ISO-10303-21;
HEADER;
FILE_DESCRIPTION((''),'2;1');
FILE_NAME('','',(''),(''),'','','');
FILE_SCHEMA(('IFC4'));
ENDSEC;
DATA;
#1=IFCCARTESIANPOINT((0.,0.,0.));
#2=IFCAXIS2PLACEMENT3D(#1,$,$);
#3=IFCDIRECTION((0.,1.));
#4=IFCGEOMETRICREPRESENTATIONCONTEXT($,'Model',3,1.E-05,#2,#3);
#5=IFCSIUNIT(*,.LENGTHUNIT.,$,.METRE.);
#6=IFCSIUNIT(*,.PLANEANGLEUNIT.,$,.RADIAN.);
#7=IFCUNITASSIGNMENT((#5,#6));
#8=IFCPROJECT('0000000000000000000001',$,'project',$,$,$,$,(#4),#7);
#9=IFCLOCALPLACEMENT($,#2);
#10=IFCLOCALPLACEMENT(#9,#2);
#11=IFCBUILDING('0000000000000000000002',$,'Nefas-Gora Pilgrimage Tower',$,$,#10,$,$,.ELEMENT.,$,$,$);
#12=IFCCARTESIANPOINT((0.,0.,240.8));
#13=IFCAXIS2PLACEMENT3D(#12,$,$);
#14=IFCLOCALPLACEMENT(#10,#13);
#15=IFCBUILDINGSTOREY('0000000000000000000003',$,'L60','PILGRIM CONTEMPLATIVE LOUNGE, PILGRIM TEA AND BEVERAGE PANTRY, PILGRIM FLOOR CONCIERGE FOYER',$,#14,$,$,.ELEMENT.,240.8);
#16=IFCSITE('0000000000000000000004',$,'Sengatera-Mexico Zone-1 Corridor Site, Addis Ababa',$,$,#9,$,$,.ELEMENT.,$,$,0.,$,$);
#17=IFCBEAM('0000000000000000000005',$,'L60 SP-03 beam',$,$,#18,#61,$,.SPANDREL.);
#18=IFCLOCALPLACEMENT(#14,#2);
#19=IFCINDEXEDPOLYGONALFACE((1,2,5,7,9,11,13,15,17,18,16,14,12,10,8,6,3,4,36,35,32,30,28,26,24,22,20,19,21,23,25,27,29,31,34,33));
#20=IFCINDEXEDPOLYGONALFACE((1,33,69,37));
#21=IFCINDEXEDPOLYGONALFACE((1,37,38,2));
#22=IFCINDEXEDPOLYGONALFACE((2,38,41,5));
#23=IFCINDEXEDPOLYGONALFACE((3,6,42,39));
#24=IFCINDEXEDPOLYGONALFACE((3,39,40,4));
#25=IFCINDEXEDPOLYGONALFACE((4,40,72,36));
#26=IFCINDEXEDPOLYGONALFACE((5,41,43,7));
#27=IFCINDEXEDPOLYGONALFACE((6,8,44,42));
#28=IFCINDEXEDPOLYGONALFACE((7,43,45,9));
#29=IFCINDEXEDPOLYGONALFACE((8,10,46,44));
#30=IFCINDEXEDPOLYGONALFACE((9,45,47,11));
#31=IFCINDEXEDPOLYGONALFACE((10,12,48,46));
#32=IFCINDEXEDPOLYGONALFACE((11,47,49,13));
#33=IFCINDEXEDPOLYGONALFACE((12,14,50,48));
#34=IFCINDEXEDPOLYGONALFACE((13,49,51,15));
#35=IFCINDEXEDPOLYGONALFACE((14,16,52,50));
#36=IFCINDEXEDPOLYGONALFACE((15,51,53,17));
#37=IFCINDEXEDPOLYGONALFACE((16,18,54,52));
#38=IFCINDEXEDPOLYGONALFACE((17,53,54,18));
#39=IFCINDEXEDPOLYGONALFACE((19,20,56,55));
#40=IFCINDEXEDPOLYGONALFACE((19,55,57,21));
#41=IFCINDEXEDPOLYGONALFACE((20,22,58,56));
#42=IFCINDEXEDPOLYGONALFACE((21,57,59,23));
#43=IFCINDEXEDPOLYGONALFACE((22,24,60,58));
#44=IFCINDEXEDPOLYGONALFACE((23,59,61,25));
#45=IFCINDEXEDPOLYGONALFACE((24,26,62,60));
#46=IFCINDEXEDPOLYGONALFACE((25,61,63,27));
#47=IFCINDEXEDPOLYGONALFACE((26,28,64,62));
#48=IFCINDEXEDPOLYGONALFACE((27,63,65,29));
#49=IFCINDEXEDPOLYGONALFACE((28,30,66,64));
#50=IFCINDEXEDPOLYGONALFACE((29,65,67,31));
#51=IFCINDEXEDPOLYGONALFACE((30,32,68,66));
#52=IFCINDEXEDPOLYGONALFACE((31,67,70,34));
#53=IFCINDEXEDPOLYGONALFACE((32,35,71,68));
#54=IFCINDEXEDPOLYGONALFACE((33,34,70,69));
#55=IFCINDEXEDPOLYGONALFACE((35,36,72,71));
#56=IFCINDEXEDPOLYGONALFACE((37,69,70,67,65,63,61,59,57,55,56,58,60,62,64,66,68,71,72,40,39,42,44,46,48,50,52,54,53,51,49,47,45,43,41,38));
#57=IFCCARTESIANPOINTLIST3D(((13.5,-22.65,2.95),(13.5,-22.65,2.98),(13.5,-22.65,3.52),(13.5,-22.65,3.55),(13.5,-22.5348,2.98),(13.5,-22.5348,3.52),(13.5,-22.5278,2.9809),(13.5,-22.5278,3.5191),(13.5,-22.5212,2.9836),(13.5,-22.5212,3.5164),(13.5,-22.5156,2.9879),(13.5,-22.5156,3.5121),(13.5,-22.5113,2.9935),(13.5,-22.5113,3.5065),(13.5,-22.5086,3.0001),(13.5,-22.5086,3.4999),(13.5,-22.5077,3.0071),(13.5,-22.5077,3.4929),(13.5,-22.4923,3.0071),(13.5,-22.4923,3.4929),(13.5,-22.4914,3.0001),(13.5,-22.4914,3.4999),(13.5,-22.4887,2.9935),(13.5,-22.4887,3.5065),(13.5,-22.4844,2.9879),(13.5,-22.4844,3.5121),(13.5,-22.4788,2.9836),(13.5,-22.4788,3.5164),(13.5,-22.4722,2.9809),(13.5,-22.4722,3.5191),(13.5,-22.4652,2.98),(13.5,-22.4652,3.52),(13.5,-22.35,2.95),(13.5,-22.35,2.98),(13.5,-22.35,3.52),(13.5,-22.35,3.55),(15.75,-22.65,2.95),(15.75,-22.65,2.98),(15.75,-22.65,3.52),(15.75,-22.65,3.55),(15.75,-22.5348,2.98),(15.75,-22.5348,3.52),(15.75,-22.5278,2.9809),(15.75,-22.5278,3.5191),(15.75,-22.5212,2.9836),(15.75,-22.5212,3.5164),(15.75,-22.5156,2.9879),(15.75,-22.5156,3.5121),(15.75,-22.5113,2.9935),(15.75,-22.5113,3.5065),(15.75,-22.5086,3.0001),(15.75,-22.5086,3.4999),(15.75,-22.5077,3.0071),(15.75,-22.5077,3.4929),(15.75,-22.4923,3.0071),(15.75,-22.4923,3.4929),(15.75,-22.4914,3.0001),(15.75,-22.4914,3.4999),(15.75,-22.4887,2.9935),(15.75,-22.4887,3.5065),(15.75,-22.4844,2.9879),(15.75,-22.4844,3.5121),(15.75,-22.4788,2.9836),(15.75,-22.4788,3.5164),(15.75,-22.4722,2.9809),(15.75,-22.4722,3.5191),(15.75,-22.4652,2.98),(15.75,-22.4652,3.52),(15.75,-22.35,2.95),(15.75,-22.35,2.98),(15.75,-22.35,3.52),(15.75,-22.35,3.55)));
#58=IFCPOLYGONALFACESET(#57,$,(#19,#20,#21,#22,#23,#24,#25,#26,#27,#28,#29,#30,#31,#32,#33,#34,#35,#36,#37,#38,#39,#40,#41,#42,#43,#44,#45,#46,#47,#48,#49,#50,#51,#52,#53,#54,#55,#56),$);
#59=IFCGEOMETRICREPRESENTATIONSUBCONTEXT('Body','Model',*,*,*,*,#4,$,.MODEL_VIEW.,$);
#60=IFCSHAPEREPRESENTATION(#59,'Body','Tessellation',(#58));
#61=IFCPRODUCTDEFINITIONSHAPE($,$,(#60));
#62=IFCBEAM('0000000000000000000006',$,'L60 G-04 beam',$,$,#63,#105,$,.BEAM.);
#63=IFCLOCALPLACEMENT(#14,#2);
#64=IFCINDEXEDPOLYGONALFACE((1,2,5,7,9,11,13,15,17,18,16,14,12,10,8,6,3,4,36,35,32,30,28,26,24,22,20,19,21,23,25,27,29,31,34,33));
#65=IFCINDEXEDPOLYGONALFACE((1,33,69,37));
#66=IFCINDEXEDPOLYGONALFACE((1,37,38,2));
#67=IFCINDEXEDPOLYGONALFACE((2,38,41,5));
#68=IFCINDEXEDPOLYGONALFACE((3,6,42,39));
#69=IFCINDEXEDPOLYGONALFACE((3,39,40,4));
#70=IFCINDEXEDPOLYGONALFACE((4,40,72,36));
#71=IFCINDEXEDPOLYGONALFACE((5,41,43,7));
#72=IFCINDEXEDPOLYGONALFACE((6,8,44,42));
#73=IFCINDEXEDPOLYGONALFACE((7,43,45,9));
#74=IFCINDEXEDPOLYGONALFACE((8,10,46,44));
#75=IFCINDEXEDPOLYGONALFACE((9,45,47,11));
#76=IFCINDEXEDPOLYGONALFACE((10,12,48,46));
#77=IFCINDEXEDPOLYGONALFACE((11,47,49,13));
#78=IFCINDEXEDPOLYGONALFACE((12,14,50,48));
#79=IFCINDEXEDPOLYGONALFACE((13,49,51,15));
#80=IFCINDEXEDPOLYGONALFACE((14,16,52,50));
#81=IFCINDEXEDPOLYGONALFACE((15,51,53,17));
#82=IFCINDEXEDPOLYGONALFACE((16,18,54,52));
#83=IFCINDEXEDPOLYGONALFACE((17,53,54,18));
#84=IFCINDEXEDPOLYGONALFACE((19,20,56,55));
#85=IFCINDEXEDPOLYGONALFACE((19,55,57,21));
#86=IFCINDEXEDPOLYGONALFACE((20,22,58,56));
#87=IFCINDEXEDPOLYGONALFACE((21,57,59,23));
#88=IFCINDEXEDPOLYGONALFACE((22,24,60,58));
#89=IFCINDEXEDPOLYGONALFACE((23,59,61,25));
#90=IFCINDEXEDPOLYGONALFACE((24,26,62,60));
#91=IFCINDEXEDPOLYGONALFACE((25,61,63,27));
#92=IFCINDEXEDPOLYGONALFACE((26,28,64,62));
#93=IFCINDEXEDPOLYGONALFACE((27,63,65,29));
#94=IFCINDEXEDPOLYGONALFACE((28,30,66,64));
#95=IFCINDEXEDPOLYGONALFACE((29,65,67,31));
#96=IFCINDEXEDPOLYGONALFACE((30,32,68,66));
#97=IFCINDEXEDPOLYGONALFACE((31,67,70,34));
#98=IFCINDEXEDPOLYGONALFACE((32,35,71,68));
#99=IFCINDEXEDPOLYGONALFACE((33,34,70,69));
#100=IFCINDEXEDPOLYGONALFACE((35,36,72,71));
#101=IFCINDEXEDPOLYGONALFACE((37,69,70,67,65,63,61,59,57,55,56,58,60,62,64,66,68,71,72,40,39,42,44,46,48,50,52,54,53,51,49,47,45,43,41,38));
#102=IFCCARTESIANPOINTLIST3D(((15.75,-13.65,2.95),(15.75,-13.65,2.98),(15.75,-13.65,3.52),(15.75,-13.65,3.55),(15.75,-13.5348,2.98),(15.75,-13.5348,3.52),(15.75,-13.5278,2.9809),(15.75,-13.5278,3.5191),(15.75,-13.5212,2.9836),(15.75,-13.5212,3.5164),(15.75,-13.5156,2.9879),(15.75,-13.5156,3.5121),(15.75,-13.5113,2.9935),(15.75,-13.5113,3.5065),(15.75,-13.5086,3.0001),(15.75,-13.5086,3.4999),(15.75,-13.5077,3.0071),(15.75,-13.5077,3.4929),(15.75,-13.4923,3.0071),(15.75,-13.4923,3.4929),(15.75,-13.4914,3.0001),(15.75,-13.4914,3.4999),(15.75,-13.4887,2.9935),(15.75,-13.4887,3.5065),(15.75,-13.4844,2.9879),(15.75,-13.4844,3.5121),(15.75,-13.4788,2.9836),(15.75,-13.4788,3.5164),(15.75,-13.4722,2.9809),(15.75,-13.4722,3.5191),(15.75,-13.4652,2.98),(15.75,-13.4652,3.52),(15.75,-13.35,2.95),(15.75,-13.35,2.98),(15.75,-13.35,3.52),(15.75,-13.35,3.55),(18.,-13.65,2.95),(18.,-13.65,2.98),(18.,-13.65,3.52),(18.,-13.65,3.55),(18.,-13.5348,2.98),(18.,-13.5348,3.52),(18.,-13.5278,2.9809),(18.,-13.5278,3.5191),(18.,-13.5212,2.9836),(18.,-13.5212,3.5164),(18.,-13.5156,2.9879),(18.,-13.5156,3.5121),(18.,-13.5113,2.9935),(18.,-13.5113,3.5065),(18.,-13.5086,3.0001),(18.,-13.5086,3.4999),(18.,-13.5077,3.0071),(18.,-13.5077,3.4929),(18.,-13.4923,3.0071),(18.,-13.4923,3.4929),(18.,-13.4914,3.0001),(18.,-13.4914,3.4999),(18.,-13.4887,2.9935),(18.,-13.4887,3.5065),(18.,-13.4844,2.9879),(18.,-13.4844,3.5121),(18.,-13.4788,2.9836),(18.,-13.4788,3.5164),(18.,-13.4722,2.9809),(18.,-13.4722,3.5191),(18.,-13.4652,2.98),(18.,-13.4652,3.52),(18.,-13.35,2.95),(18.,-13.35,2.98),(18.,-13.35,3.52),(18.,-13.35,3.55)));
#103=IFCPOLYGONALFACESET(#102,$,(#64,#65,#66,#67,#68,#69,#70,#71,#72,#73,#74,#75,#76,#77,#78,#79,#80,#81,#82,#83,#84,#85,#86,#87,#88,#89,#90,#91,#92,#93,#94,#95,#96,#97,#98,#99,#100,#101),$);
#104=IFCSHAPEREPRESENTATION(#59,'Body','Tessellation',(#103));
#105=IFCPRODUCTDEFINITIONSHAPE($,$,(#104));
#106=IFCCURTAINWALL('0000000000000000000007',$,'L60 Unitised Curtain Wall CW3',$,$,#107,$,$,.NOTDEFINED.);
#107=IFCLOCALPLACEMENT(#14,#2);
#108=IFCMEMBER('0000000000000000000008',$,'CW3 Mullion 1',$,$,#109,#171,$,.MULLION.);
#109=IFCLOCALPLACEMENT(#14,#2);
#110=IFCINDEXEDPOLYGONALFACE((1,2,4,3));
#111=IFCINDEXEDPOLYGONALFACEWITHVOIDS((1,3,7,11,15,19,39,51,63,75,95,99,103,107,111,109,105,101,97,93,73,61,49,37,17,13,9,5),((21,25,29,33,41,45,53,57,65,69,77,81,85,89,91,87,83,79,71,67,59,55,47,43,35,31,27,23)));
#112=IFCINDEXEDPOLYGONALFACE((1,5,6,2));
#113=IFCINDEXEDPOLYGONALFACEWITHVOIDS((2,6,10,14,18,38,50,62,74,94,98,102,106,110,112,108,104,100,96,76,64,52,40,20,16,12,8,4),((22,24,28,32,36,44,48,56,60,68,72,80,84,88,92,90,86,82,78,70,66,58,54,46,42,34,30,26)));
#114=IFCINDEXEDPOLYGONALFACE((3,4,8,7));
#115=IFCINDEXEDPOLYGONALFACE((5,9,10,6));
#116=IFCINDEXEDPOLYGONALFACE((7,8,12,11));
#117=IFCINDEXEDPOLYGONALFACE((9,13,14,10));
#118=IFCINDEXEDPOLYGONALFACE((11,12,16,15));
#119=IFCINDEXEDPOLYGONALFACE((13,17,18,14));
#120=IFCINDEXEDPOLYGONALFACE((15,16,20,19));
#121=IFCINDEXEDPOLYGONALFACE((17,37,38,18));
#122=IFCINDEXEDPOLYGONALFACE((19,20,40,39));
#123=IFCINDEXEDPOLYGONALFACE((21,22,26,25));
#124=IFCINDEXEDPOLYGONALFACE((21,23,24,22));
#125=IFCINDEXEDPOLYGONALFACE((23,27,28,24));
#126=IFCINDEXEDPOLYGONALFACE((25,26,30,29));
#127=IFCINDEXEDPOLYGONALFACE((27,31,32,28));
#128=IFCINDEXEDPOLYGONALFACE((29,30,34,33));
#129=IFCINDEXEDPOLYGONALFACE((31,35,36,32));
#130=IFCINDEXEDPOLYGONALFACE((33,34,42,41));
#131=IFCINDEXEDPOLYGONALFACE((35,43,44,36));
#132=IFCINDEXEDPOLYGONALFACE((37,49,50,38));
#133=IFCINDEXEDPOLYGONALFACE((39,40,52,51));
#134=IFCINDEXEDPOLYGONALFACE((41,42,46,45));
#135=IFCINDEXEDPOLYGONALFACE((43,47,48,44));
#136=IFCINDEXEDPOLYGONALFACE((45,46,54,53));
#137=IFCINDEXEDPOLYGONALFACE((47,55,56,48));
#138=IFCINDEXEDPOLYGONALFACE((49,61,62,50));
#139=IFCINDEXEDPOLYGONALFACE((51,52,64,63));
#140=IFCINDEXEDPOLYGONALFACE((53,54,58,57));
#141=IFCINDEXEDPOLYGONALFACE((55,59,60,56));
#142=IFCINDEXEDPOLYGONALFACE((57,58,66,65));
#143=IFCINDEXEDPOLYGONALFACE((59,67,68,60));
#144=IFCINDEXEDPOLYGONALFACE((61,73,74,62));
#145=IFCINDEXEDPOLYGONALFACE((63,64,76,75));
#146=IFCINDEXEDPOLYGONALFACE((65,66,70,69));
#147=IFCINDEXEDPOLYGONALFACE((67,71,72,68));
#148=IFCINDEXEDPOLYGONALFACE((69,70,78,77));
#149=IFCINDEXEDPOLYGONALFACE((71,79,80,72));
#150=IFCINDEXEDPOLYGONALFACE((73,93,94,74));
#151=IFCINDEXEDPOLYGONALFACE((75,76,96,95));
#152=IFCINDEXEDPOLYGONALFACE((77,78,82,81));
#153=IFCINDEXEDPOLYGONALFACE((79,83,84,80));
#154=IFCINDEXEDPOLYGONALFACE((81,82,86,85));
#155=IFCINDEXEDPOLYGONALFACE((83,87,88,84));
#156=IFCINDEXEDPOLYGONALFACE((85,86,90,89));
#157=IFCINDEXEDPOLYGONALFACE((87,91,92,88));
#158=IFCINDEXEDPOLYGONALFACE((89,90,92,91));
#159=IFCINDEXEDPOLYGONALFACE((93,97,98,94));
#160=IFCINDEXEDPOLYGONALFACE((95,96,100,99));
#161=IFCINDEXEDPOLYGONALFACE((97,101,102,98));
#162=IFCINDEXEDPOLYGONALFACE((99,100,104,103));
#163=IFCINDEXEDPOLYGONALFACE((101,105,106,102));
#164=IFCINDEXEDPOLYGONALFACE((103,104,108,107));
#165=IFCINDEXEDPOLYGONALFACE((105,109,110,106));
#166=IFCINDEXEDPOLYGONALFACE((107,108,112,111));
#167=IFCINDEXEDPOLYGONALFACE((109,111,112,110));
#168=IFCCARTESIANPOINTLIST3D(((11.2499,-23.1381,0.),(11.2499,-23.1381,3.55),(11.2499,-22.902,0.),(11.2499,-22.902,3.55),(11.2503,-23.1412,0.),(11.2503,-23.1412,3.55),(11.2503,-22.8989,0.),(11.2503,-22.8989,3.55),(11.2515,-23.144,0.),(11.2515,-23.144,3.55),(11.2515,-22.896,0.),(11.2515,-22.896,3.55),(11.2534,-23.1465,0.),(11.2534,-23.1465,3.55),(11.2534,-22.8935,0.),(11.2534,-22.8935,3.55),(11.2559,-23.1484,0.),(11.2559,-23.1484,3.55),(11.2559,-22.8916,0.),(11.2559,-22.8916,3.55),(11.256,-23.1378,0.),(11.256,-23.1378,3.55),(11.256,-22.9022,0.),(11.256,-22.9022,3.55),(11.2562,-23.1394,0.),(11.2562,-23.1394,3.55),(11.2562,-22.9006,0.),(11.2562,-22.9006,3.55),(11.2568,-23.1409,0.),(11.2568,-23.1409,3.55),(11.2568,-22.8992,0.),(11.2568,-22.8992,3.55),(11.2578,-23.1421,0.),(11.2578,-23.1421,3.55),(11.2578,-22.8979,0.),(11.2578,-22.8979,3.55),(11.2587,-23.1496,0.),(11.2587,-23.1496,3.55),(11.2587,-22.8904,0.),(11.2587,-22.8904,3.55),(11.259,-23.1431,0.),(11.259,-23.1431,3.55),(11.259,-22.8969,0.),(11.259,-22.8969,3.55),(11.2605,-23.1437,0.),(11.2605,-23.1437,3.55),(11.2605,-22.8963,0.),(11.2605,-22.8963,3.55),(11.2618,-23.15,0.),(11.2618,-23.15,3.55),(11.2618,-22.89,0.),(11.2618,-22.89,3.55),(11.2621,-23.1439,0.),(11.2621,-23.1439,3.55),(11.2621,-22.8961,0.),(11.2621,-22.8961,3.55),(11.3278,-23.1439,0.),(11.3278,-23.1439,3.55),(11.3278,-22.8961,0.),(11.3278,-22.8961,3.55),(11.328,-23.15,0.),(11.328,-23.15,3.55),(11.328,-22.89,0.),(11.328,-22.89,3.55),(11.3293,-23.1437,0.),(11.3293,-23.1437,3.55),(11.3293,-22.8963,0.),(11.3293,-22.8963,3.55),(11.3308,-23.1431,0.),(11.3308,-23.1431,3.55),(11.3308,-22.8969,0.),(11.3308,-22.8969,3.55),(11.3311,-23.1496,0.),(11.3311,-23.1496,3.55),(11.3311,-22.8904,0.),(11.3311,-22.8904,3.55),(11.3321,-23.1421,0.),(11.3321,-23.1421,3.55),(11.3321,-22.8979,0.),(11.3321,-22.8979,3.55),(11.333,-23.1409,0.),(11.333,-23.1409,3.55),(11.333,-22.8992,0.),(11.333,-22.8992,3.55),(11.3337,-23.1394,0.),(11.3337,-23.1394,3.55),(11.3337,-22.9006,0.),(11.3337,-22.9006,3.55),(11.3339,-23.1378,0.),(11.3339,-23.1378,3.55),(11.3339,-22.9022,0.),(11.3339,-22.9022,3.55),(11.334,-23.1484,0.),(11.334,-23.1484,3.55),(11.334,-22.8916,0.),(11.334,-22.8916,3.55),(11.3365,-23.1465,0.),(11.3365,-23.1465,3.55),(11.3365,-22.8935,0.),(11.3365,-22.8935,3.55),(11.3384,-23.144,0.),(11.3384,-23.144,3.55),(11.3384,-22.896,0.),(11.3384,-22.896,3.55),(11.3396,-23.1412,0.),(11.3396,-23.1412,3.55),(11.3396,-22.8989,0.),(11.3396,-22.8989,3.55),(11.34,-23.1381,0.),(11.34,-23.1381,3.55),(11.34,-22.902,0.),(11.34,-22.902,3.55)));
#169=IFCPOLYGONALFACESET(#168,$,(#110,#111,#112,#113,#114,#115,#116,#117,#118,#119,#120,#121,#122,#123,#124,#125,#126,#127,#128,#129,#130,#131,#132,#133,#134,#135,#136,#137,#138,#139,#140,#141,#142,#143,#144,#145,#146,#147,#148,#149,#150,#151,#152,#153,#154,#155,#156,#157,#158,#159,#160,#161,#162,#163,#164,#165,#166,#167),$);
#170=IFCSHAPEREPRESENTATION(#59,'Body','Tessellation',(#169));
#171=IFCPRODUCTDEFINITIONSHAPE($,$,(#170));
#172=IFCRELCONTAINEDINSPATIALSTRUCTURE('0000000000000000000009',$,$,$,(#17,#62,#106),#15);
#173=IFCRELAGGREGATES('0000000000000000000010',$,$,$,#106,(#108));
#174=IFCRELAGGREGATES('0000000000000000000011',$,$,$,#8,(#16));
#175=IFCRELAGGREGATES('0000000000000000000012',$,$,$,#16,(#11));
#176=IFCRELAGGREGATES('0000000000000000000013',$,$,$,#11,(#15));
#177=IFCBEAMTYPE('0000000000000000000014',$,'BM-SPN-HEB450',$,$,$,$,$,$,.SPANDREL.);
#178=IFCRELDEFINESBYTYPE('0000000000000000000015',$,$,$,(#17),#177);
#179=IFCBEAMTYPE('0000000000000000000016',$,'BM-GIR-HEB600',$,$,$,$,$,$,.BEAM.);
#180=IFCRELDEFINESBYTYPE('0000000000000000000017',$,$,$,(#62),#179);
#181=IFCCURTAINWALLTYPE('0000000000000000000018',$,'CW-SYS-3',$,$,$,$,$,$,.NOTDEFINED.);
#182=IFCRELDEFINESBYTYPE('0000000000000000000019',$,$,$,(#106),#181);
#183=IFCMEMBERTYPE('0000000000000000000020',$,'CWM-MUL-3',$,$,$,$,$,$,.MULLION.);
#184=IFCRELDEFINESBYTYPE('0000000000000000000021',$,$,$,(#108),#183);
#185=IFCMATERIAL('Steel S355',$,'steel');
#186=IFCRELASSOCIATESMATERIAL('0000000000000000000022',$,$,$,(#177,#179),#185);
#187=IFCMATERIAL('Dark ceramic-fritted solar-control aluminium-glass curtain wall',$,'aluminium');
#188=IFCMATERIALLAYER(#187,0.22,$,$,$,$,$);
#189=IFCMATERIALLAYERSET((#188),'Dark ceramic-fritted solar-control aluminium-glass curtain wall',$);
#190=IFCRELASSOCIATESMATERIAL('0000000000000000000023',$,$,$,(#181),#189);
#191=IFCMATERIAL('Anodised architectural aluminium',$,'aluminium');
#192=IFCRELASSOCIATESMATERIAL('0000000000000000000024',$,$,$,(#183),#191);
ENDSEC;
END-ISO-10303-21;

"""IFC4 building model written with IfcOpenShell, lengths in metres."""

from ifc_helpers import new_model, si_unit, direction, frame, origin, origin_2d, place, context, subcontext, project, spatial, hollow_rectangle, i_section, extrude, source, transform, mapped, material, layer, layer_set, material_profile, profile_set, type_object, element, aggregate, save


model = new_model("IFC4")

# Units and contexts
model_context = context("Model", 3, precision=1e-05, world=origin(), true_north=direction((0.0, 1.0)))
body_context = subcontext(model_context, "Body", "Model", "MODEL_VIEW")
ifc_project = project(units=[si_unit("LENGTHUNIT", "METRE"), si_unit("PLANEANGLEUNIT", "RADIAN")], contexts=[model_context])

# Site, building, storey
site_placement = place(None, origin())
site = spatial("IfcSite", under=ifc_project, at=site_placement, Name="Sengatera-Mexico Zone-1 Corridor Site, Addis Ababa", CompositionType="ELEMENT", RefElevation=0.0)
building_placement = place(site_placement, origin())
building = spatial("IfcBuilding", under=site, at=building_placement, Name="Nefas-Gora Pilgrimage Tower", CompositionType="ELEMENT")
storey_placement = place(building_placement, frame((0.0, 0.0, 240.8)))
storey = spatial("IfcBuildingStorey", under=building, at=storey_placement, Name="L60", Description="PILGRIM CONTEMPLATIVE LOUNGE, PILGRIM TEA AND BEVERAGE PANTRY, PILGRIM FLOOR CONCIERGE FOYER", CompositionType="ELEMENT", Elevation=240.8)

# Beams
ifc_material_1 = material(Name="Steel S355", Category="steel")
ifc_material_profile_1 = material_profile(ifc_material_1, i_section(OverallWidth=0.3, OverallDepth=0.6001, WebThickness=0.0154, FlangeThickness=0.03, FilletRadius=0.0271, at=origin_2d()), Name="HEB 600")
ifc_profile_set_1 = profile_set([ifc_material_profile_1], Name="Steel S355")
beam_type_1 = type_object("IfcBeamType", Name="BM-SPN-HEB450", PredefinedType="SPANDREL", material=ifc_profile_set_1)
ifc_material_profile_2 = material_profile(ifc_material_1, i_section(OverallWidth=0.3, OverallDepth=0.6001, WebThickness=0.0154, FlangeThickness=0.03, FilletRadius=0.0271, at=origin_2d()), Name="HEB 600")
ifc_profile_set_2 = profile_set([ifc_material_profile_2], Name="Steel S355")
beam_type_2 = type_object("IfcBeamType", Name="BM-GIR-HEB600", PredefinedType="BEAM", material=ifc_profile_set_2)
shared_shape_1 = source(origin(), body_context, "Body", "SweptSolid", [
    extrude(i_section(OverallWidth=0.3, OverallDepth=0.6001, WebThickness=0.0154, FlangeThickness=0.03, FilletRadius=0.0271, at=origin_2d()), origin(), (0.0, 0.0, 1.0), 2.25),
])
beam_1_placement = place(storey_placement, frame((13.5, -22.5, 3.25), z_axis=(1.0, 0.0, 0.0), x_axis=(0.0, 1.0, 0.0)))
element("IfcBeam", 1, at=beam_1_placement, inside=storey, type_object=beam_type_1, Name="L60 SP-03 beam", PredefinedType="SPANDREL", context=body_context, shape_type="MappedRepresentation", body=[
    mapped(shared_shape_1, transform((0.0, 0.0, 0.0), x_axis=(1.0, 0.0, 0.0), y_axis=(0.0, 1.0, 0.0), z_axis=(0.0, 0.0, 1.0), scale=1.0)),
])
shared_shape_2 = source(origin(), body_context, "Body", "SweptSolid", [
    extrude(i_section(OverallWidth=0.3, OverallDepth=0.6001, WebThickness=0.0154, FlangeThickness=0.03, FilletRadius=0.0271, at=origin_2d()), origin(), (0.0, 0.0, 1.0), 2.25),
])
beam_2_placement = place(storey_placement, frame((15.75, -13.5, 3.25), z_axis=(1.0, 0.0, 0.0), x_axis=(0.0, 1.0, 0.0)))
element("IfcBeam", 2, at=beam_2_placement, inside=storey, type_object=beam_type_2, Name="L60 G-04 beam", PredefinedType="BEAM", context=body_context, shape_type="MappedRepresentation", body=[
    mapped(shared_shape_2, transform((0.0, 0.0, 0.0), x_axis=(1.0, 0.0, 0.0), y_axis=(0.0, 1.0, 0.0), z_axis=(0.0, 0.0, 1.0), scale=1.0)),
])

# Curtain wall, member
ifc_material_2 = material(Name="Dark ceramic-fritted solar-control aluminium-glass curtain wall", Category="aluminium")
ifc_layer_1 = layer(ifc_material_2, 0.22)
ifc_layer_set_1 = layer_set([ifc_layer_1], Name="Dark ceramic-fritted solar-control aluminium-glass curtain wall")
curtain_wall_type = type_object("IfcCurtainWallType", Name="CW-SYS-3", PredefinedType="NOTDEFINED", material=ifc_layer_set_1)
curtain_wall_1_placement = place(storey_placement, origin())
curtain_wall_1 = element("IfcCurtainWall", 3, at=curtain_wall_1_placement, inside=storey, type_object=curtain_wall_type, Name="L60 Unitised Curtain Wall CW3", PredefinedType="NOTDEFINED")
ifc_material_3 = material(Name="Anodised architectural aluminium", Category="aluminium")
ifc_material_profile_3 = material_profile(ifc_material_3, hollow_rectangle(XDim=0.0901, YDim=0.26, WallThickness=0.0061, InnerFilletRadius=0.0061, OuterFilletRadius=0.012, at=origin_2d()), Name="ALU MULLION 90x260")
ifc_profile_set_3 = profile_set([ifc_material_profile_3], Name="Anodised architectural aluminium")
member_type_1 = type_object("IfcMemberType", Name="CWM-MUL-3", PredefinedType="MULLION", material=ifc_profile_set_3)
shared_shape_3 = source(origin(), body_context, "Body", "SweptSolid", [
    extrude(hollow_rectangle(XDim=0.0901, YDim=0.26, WallThickness=0.0061, InnerFilletRadius=0.0061, OuterFilletRadius=0.012, at=origin_2d()), origin(), (0.0, 0.0, 1.0), 3.55),
])
member_1_placement = place(storey_placement, frame((11.2949, -23.02, 0.0), z_axis=(0.0, 0.0, 1.0), x_axis=(1.0, 0.0, 0.0)))
member_1 = element("IfcMember", 4, at=member_1_placement, type_object=member_type_1, Name="CW3 Mullion 1", PredefinedType="MULLION", context=body_context, shape_type="MappedRepresentation", body=[
    mapped(shared_shape_3, transform((0.0, 0.0, 0.0), x_axis=(1.0, 0.0, 0.0), y_axis=(0.0, 1.0, 0.0), z_axis=(0.0, 0.0, 1.0), scale=1.0)),
])

aggregate(curtain_wall_1, [member_1])

save(model, "model.ifc")
